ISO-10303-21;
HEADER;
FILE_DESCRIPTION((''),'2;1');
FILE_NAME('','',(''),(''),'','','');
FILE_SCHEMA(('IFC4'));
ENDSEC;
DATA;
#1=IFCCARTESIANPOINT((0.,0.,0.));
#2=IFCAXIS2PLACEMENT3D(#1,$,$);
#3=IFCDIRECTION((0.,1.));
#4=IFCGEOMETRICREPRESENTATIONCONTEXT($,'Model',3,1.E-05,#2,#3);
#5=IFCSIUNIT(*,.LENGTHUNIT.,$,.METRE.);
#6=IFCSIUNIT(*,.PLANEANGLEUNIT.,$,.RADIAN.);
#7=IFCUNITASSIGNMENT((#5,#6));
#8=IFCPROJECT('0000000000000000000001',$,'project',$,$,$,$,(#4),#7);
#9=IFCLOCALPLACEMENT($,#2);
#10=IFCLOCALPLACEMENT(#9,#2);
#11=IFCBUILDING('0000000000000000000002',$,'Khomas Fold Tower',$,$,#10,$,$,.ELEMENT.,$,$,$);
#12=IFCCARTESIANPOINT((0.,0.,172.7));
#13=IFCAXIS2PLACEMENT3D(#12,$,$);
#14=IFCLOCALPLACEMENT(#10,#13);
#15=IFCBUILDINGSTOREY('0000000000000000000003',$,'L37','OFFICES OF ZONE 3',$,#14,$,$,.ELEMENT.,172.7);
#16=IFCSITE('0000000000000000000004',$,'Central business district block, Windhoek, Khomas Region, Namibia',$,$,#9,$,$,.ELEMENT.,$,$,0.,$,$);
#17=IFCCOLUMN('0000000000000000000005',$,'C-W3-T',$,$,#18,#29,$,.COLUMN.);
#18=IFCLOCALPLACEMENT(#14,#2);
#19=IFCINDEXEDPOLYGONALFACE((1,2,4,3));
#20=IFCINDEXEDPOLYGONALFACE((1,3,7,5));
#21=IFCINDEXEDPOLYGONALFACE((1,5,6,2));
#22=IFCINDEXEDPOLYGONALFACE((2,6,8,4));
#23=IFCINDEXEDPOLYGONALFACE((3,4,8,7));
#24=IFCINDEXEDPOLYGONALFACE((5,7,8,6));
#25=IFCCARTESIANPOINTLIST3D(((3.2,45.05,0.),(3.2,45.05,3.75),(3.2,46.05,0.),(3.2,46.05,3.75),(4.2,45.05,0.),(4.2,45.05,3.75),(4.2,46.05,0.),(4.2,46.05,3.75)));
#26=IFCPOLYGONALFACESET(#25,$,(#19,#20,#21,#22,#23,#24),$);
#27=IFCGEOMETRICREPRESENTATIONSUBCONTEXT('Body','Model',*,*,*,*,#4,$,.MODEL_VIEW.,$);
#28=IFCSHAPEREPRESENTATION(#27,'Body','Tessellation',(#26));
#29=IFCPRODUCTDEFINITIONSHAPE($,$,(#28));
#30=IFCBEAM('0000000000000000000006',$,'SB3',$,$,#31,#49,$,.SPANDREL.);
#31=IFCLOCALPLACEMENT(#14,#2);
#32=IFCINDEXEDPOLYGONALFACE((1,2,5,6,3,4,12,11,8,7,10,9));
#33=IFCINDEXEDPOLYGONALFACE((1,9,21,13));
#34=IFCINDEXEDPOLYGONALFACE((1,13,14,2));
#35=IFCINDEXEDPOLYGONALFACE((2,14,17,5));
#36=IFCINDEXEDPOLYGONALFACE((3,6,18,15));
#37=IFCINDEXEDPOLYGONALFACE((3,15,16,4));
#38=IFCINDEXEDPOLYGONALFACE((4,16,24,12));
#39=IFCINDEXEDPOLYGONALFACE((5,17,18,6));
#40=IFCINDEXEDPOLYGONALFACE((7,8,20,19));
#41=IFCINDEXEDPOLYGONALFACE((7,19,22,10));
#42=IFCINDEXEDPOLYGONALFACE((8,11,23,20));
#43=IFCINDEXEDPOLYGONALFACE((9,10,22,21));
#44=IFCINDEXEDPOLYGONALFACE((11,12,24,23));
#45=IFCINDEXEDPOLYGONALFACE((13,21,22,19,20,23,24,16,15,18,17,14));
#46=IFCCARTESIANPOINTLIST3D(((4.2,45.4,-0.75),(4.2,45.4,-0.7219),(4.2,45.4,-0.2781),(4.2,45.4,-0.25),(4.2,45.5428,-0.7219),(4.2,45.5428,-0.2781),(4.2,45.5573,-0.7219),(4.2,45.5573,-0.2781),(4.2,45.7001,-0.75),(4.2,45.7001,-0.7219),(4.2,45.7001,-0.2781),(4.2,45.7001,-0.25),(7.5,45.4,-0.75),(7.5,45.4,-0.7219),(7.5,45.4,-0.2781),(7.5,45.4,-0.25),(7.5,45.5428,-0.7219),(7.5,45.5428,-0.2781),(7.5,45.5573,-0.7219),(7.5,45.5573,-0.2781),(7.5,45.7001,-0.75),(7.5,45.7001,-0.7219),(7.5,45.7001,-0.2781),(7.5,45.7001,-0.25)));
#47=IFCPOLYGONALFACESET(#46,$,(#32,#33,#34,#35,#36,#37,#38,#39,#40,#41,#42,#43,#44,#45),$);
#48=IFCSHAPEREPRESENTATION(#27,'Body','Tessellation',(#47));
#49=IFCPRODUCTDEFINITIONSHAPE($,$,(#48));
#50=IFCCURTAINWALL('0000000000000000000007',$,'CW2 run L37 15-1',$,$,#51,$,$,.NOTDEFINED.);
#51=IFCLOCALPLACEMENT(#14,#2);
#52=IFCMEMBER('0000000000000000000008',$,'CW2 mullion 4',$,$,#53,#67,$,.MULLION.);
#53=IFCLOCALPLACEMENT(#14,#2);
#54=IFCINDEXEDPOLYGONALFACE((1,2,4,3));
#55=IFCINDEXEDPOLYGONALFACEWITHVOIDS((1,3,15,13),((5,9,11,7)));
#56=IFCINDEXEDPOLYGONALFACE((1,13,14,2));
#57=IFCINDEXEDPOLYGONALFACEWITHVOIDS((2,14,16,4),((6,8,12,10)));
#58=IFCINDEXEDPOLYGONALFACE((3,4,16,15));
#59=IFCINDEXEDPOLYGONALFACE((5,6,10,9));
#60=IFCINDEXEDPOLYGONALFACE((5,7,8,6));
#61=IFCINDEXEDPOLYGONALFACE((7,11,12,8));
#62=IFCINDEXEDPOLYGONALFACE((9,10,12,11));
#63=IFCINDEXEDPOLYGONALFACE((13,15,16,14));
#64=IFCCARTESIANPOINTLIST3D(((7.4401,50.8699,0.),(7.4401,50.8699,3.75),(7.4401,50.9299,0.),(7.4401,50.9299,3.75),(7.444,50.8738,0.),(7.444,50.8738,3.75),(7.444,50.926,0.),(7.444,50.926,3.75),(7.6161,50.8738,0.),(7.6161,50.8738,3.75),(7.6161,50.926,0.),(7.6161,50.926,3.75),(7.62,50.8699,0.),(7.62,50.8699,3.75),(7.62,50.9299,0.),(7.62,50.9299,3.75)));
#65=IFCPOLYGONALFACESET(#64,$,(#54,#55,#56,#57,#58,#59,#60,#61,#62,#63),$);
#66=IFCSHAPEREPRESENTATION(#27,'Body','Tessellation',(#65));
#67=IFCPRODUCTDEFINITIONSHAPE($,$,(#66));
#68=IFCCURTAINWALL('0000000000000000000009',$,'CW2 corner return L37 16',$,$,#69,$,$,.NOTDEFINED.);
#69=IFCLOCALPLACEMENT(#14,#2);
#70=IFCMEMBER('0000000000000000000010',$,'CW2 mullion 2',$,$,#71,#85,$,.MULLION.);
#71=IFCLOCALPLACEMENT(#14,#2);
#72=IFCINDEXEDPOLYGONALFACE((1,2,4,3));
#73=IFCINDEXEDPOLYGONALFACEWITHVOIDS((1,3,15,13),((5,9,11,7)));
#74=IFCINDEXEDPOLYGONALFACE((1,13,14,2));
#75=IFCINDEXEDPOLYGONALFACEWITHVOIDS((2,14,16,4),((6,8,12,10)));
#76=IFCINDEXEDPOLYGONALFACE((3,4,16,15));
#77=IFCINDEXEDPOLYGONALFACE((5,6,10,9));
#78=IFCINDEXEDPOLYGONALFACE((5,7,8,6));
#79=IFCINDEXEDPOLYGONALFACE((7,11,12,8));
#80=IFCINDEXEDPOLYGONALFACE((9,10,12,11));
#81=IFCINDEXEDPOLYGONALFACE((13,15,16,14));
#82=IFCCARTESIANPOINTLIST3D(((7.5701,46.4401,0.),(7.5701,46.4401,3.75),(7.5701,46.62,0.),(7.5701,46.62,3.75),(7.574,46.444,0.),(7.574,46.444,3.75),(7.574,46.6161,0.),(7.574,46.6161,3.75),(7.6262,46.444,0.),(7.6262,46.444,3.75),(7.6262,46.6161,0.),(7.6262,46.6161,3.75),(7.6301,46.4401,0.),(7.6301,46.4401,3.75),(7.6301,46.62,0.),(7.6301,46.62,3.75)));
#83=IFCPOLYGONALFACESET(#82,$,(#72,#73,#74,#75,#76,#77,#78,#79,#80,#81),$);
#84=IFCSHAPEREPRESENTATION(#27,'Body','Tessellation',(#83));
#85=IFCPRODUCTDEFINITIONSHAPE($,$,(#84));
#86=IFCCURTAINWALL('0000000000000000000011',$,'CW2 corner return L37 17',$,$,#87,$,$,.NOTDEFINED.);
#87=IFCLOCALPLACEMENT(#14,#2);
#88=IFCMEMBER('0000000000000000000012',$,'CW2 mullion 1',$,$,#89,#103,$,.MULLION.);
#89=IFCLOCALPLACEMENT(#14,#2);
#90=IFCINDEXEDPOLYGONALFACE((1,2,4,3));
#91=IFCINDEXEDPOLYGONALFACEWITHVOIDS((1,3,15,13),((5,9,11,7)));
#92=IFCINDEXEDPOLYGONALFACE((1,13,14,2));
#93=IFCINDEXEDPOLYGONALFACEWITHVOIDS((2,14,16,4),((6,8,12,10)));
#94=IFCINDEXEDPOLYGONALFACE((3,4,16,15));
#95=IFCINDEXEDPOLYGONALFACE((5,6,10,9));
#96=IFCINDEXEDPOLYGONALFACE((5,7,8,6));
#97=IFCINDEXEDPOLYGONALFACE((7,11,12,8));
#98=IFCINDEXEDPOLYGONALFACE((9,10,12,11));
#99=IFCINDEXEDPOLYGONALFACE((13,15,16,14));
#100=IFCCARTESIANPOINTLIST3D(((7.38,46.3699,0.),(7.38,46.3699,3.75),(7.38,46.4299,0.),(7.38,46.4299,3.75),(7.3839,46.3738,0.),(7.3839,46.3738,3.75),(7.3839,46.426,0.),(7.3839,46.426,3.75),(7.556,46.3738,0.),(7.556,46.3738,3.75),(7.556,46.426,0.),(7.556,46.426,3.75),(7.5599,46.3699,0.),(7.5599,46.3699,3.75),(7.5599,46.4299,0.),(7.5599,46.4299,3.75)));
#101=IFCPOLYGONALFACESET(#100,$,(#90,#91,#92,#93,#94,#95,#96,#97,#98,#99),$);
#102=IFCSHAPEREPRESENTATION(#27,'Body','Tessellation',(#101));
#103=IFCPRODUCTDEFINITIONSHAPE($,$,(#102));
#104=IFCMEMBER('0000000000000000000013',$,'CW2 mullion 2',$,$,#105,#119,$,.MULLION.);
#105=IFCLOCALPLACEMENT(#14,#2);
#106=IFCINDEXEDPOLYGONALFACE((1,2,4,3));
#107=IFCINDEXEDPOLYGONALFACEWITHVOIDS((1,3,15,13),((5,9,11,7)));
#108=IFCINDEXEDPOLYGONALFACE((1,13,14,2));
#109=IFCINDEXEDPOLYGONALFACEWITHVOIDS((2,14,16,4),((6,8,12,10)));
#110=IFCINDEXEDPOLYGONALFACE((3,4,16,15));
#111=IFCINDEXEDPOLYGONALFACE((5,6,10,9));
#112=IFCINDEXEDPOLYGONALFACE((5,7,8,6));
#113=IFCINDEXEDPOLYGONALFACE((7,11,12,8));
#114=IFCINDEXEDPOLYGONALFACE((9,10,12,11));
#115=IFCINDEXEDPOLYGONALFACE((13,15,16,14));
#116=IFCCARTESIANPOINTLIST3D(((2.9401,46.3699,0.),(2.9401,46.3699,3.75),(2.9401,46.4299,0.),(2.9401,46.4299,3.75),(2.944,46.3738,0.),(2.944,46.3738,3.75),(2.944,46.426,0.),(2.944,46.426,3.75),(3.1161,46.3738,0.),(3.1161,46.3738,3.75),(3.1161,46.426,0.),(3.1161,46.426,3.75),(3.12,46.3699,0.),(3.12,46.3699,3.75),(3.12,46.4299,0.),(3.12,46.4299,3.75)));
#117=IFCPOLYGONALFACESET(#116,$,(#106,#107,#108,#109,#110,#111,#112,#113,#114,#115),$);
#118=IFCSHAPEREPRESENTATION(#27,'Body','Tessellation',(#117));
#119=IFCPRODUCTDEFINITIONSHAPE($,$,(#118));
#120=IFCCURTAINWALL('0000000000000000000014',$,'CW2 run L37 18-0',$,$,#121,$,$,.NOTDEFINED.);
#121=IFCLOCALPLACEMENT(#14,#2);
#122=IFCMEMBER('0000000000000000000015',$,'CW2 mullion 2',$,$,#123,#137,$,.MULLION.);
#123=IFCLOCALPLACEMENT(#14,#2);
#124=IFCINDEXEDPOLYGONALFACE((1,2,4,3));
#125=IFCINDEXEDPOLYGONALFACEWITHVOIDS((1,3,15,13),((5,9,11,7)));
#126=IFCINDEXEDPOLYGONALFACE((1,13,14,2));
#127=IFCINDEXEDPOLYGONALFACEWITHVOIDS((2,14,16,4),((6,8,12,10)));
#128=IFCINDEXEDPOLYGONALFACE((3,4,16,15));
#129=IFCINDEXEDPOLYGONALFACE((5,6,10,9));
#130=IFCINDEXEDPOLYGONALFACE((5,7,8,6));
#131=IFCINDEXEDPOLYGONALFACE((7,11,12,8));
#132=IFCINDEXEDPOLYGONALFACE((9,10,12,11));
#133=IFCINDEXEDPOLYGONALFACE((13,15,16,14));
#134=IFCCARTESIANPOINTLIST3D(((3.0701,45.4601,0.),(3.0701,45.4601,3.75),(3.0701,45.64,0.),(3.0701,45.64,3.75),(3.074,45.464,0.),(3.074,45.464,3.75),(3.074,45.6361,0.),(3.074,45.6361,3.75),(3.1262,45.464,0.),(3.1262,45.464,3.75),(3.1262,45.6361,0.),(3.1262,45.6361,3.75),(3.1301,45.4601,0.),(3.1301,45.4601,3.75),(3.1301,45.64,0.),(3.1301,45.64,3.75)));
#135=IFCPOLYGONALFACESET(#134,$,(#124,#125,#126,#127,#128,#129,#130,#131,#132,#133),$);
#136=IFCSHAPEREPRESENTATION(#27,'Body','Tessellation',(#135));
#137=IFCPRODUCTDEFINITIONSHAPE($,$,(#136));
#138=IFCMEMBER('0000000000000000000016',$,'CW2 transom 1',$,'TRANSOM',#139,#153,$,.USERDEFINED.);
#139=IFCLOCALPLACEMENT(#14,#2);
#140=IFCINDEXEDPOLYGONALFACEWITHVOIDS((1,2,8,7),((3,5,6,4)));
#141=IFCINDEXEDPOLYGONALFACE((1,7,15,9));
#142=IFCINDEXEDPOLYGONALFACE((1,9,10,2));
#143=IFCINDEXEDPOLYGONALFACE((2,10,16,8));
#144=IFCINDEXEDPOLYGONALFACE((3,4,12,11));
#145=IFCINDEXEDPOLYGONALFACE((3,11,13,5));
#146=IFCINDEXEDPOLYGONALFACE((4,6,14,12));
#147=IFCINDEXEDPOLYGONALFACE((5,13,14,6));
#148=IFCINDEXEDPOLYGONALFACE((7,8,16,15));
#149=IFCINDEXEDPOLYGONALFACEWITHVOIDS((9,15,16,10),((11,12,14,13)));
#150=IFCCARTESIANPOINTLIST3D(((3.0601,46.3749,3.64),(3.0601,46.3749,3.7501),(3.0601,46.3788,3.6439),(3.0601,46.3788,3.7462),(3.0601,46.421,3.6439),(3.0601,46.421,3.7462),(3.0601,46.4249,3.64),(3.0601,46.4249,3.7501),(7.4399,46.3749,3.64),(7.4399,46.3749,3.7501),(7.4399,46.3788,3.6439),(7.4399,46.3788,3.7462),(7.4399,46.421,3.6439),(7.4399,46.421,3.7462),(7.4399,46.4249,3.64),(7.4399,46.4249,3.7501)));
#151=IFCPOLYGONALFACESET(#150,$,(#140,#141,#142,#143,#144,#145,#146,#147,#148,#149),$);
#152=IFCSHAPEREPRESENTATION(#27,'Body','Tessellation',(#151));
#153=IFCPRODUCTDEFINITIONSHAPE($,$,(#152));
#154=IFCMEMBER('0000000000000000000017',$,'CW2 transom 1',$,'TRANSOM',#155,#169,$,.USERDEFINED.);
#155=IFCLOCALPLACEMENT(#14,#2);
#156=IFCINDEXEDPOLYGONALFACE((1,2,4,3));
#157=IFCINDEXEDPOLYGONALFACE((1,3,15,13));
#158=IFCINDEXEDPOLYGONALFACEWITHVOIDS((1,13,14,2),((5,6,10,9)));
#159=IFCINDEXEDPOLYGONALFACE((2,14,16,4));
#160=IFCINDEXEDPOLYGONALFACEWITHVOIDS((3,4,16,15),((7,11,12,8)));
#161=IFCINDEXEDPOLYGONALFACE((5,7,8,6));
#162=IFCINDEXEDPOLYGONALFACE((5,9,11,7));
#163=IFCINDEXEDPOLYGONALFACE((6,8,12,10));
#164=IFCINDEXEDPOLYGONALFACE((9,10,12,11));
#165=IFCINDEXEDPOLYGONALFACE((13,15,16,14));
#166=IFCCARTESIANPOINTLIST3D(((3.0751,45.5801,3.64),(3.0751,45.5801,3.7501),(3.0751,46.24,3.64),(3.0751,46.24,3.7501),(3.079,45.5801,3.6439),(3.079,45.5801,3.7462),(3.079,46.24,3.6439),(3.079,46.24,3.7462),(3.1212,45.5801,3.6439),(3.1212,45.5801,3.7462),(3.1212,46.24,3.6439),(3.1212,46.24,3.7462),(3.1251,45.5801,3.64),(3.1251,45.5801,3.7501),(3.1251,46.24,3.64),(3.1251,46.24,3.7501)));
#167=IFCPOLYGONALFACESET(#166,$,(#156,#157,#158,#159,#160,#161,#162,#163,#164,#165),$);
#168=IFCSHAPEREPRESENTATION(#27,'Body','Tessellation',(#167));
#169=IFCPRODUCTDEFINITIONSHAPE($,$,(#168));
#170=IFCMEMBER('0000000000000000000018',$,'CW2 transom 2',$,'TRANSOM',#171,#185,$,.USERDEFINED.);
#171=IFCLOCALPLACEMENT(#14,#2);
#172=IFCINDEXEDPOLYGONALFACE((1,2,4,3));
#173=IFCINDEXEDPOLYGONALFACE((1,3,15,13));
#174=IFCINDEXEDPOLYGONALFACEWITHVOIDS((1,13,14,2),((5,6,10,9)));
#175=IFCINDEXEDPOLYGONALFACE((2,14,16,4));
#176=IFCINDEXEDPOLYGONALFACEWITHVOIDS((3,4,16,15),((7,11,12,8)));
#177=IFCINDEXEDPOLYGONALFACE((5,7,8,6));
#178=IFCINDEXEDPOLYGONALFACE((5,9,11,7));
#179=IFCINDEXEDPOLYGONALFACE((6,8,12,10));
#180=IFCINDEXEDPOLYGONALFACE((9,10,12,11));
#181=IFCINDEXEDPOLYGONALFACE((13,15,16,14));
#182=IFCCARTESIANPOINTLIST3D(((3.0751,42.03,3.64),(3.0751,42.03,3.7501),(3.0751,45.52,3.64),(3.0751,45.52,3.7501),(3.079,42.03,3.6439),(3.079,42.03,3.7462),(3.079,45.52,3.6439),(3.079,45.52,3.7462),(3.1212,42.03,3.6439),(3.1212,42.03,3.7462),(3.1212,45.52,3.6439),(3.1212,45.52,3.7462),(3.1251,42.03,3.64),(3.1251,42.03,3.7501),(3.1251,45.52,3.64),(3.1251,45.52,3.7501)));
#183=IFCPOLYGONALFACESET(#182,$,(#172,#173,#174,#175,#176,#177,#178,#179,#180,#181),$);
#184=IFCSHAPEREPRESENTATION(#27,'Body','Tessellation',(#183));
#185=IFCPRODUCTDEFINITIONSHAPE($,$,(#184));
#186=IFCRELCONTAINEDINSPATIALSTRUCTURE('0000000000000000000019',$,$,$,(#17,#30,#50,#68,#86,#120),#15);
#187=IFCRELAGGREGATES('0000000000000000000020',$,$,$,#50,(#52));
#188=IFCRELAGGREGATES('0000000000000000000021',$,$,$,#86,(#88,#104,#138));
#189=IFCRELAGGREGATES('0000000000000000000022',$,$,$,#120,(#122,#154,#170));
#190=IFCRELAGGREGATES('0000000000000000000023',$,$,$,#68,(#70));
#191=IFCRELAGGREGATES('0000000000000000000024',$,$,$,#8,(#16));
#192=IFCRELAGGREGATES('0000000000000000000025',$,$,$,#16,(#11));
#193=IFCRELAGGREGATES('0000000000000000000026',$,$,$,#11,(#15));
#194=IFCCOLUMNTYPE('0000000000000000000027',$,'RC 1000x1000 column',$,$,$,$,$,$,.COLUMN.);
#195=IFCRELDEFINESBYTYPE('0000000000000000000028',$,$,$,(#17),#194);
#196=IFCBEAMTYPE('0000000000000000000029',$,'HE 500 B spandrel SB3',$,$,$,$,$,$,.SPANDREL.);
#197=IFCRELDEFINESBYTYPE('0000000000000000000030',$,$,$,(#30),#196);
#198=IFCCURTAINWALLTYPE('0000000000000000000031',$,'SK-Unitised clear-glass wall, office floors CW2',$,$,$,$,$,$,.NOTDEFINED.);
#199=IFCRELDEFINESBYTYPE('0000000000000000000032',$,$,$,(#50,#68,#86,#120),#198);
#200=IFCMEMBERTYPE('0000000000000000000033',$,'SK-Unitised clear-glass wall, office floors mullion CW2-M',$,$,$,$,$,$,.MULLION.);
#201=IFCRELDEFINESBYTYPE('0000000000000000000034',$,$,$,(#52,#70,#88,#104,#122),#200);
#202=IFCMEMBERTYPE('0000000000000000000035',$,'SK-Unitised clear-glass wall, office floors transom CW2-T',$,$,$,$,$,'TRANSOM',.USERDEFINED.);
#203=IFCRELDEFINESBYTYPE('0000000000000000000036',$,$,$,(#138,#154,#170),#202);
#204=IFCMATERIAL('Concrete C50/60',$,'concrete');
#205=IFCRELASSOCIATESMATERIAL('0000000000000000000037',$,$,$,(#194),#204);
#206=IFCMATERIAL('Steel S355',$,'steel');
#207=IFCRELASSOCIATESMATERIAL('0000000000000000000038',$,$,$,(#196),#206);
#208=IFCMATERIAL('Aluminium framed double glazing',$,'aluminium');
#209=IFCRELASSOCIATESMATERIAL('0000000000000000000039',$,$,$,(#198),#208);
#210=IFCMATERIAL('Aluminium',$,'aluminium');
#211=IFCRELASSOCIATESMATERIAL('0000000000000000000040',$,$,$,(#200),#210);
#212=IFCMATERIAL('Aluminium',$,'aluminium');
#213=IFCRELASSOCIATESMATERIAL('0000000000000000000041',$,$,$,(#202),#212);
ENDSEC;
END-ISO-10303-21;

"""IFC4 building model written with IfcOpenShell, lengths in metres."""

from ifc_helpers import new_model, si_unit, direction, frame, origin, origin_2d, place, context, subcontext, project, spatial, rectangle, hollow_rectangle, i_section, extrude, source, transform, mapped, material, material_profile, profile_set, type_object, element, aggregate, save


model = new_model("IFC4")

# Units and contexts
model_context = context("Model", 3, precision=1e-05, world=origin(), true_north=direction((0.0, 1.0)))
body_context = subcontext(model_context, "Body", "Model", "MODEL_VIEW")
ifc_project = project(units=[si_unit("LENGTHUNIT", "METRE"), si_unit("PLANEANGLEUNIT", "RADIAN")], contexts=[model_context])

# Site, building, storey
site_placement = place(None, origin())
site = spatial("IfcSite", under=ifc_project, at=site_placement, Name="Central business district block, Windhoek, Khomas Region, Namibia", CompositionType="ELEMENT", RefElevation=0.0)
building_placement = place(site_placement, origin())
building = spatial("IfcBuilding", under=site, at=building_placement, Name="Khomas Fold Tower", CompositionType="ELEMENT")
storey_placement = place(building_placement, frame((0.0, 0.0, 172.7)))
storey = spatial("IfcBuildingStorey", under=building, at=storey_placement, Name="L37", Description="OFFICES OF ZONE 3", CompositionType="ELEMENT", Elevation=172.7)

# Column
ifc_material_1 = material(Name="Concrete C50/60", Category="concrete")
ifc_material_profile_1 = material_profile(ifc_material_1, rectangle(XDim=1.0, YDim=1.0, at=origin_2d()), Name="RC 1000x1000")
ifc_profile_set_1 = profile_set([ifc_material_profile_1], Name="Concrete C50/60")
column_type = type_object("IfcColumnType", Name="RC 1000x1000 column", PredefinedType="COLUMN", material=ifc_profile_set_1)
shared_shape_1 = source(origin(), body_context, "Body", "SweptSolid", [
    extrude(rectangle(XDim=1.0, YDim=1.0, at=origin_2d()), origin(), (0.0, 0.0, 1.0), 3.75),
])
column_placement = place(storey_placement, frame((3.7, 45.55, 0.0), z_axis=(0.0, 0.0, 1.0), x_axis=(1.0, 0.0, 0.0)))
element("IfcColumn", 1, at=column_placement, inside=storey, type_object=column_type, Name="C-W3-T", PredefinedType="COLUMN", context=body_context, shape_type="MappedRepresentation", body=[
    mapped(shared_shape_1, transform((0.0, 0.0, 0.0))),
])

# Beam
ifc_material_2 = material(Name="Steel S355", Category="steel")
ifc_material_profile_2 = material_profile(ifc_material_2, i_section(OverallWidth=0.3, OverallDepth=0.5, WebThickness=0.0144, FlangeThickness=0.0281, at=origin_2d()), Name="HE 500 B")
ifc_profile_set_2 = profile_set([ifc_material_profile_2], Name="Steel S355")
beam_type = type_object("IfcBeamType", Name="HE 500 B spandrel SB3", PredefinedType="SPANDREL", material=ifc_profile_set_2)
shared_shape_2 = source(origin(), body_context, "Body", "SweptSolid", [
    extrude(i_section(OverallWidth=0.3, OverallDepth=0.5, WebThickness=0.0144, FlangeThickness=0.0281, at=origin_2d()), origin(), (0.0, 0.0, 1.0), 3.3),
])
beam_placement = place(storey_placement, frame((4.2, 45.55, -0.5), z_axis=(1.0, 0.0, 0.0), x_axis=(0.0, 1.0, 0.0)))
element("IfcBeam", 2, at=beam_placement, inside=storey, type_object=beam_type, Name="SB3", PredefinedType="SPANDREL", context=body_context, shape_type="MappedRepresentation", body=[
    mapped(shared_shape_2, transform((0.0, 0.0, 0.0))),
])

# Curtain walls, members
ifc_material_3 = material(Name="Aluminium framed double glazing", Category="aluminium")
curtain_wall_type = type_object("IfcCurtainWallType", Name="SK-Unitised clear-glass wall, office floors CW2", PredefinedType="NOTDEFINED", material=ifc_material_3)
curtain_wall_1_placement = place(storey_placement, origin())
curtain_wall_1 = element("IfcCurtainWall", 3, at=curtain_wall_1_placement, inside=storey, type_object=curtain_wall_type, Name="CW2 run L37 15-1", PredefinedType="NOTDEFINED")
ifc_material_4 = material(Name="Aluminium", Category="aluminium")
ifc_material_profile_3 = material_profile(ifc_material_4, hollow_rectangle(XDim=0.0601, YDim=0.1799, WallThickness=0.0039, at=origin_2d()), Name="SK-Unitised clear-glass wall, office floors mullion CW2-M")
ifc_profile_set_3 = profile_set([ifc_material_profile_3], Name="Aluminium")
member_type_1 = type_object("IfcMemberType", Name="SK-Unitised clear-glass wall, office floors mullion CW2-M", PredefinedType="MULLION", material=ifc_profile_set_3)
shared_shape_3 = source(origin(), body_context, "Body", "SweptSolid", [
    extrude(hollow_rectangle(XDim=0.0601, YDim=0.1799, WallThickness=0.0039, at=origin_2d()), origin(), (0.0, 0.0, 1.0), 3.75),
])
member_1_placement = place(storey_placement, frame((7.53, 50.8999, 0.0), z_axis=(0.0, 0.0, 1.0), x_axis=(0.0, -1.0, 0.0)))
member_1 = element("IfcMember", 4, at=member_1_placement, type_object=member_type_1, Name="CW2 mullion 4", PredefinedType="MULLION", context=body_context, shape_type="MappedRepresentation", body=[
    mapped(shared_shape_3, transform((0.0, 0.0, 0.0))),
])
aggregate(curtain_wall_1, [member_1])
curtain_wall_2_placement = place(storey_placement, origin())
curtain_wall_2 = element("IfcCurtainWall", 5, at=curtain_wall_2_placement, inside=storey, type_object=curtain_wall_type, Name="CW2 corner return L37 16", PredefinedType="NOTDEFINED")
member_2_placement = place(storey_placement, frame((7.6001, 46.53, 0.0), z_axis=(0.0, 0.0, 1.0), x_axis=(1.0, 0.0, 0.0)))
member_2 = element("IfcMember", 6, at=member_2_placement, type_object=member_type_1, Name="CW2 mullion 2", PredefinedType="MULLION", context=body_context, shape_type="MappedRepresentation", body=[
    mapped(shared_shape_3, transform((0.0, 0.0, 0.0))),
])

# Curtain wall, members
curtain_wall_3_placement = place(storey_placement, origin())
curtain_wall_3 = element("IfcCurtainWall", 7, at=curtain_wall_3_placement, inside=storey, type_object=curtain_wall_type, Name="CW2 corner return L37 17", PredefinedType="NOTDEFINED")
member_3_placement = place(storey_placement, frame((7.47, 46.3999, 0.0), z_axis=(0.0, 0.0, 1.0), x_axis=(0.0, -1.0, 0.0)))
member_3 = element("IfcMember", 8, at=member_3_placement, type_object=member_type_1, Name="CW2 mullion 1", PredefinedType="MULLION", context=body_context, shape_type="MappedRepresentation", body=[
    mapped(shared_shape_3, transform((0.0, 0.0, 0.0))),
])
member_4_placement = place(storey_placement, frame((3.03, 46.3999, 0.0), z_axis=(0.0, 0.0, 1.0), x_axis=(0.0, -1.0, 0.0)))
member_4 = element("IfcMember", 9, at=member_4_placement, type_object=member_type_1, Name="CW2 mullion 2", PredefinedType="MULLION", context=body_context, shape_type="MappedRepresentation", body=[
    mapped(shared_shape_3, transform((0.0, 0.0, 0.0))),
])

# Curtain wall, member
curtain_wall_4_placement = place(storey_placement, origin())
curtain_wall_4 = element("IfcCurtainWall", 10, at=curtain_wall_4_placement, inside=storey, type_object=curtain_wall_type, Name="CW2 run L37 18-0", PredefinedType="NOTDEFINED")
member_5_placement = place(storey_placement, frame((3.1001, 45.55, 0.0), z_axis=(0.0, 0.0, 1.0), x_axis=(1.0, 0.0, 0.0)))
member_5 = element("IfcMember", 11, at=member_5_placement, type_object=member_type_1, Name="CW2 mullion 2", PredefinedType="MULLION", context=body_context, shape_type="MappedRepresentation", body=[
    mapped(shared_shape_3, transform((0.0, 0.0, 0.0))),
])

# Members
ifc_material_5 = material(Name="Aluminium", Category="aluminium")
ifc_material_profile_4 = material_profile(ifc_material_5, hollow_rectangle(XDim=0.05, YDim=0.1101, WallThickness=0.0039, at=origin_2d()), Name="SK-Unitised clear-glass wall, office floors transom CW2-T")
ifc_profile_set_4 = profile_set([ifc_material_profile_4], Name="Aluminium")
member_type_2 = type_object("IfcMemberType", Name="SK-Unitised clear-glass wall, office floors transom CW2-T", ElementType="TRANSOM", PredefinedType="USERDEFINED", material=ifc_profile_set_4)
shared_shape_4 = source(origin(), body_context, "Body", "SweptSolid", [
    extrude(hollow_rectangle(XDim=0.05, YDim=0.1101, WallThickness=0.0039, at=origin_2d()), origin(), (0.0, 0.0, 1.0), 4.3799),
])
member_6_placement = place(storey_placement, frame((7.4399, 46.3999, 3.6951), z_axis=(-1.0, 0.0, 0.0), x_axis=(0.0, -1.0, 0.0)))
member_6 = element("IfcMember", 12, at=member_6_placement, type_object=member_type_2, Name="CW2 transom 1", ObjectType="TRANSOM", PredefinedType="USERDEFINED", context=body_context, shape_type="MappedRepresentation", body=[
    mapped(shared_shape_4, transform((0.0, 0.0, 0.0))),
])
shared_shape_5 = source(origin(), body_context, "Body", "SweptSolid", [
    extrude(hollow_rectangle(XDim=0.05, YDim=0.1101, WallThickness=0.0039, at=origin_2d()), origin(), (0.0, 0.0, 1.0), 0.6599),
])
member_7_placement = place(storey_placement, frame((3.1001, 46.24, 3.6951), z_axis=(0.0, -1.0, 0.0), x_axis=(1.0, 0.0, 0.0)))
member_7 = element("IfcMember", 13, at=member_7_placement, type_object=member_type_2, Name="CW2 transom 1", ObjectType="TRANSOM", PredefinedType="USERDEFINED", context=body_context, shape_type="MappedRepresentation", body=[
    mapped(shared_shape_5, transform((0.0, 0.0, 0.0))),
])
shared_shape_6 = source(origin(), body_context, "Body", "SweptSolid", [
    extrude(hollow_rectangle(XDim=0.05, YDim=0.1101, WallThickness=0.0039, at=origin_2d()), origin(), (0.0, 0.0, 1.0), 3.49),
])
member_8_placement = place(storey_placement, frame((3.1001, 45.52, 3.6951), z_axis=(0.0, -1.0, 0.0), x_axis=(1.0, 0.0, 0.0)))
member_8 = element("IfcMember", 14, at=member_8_placement, type_object=member_type_2, Name="CW2 transom 2", ObjectType="TRANSOM", PredefinedType="USERDEFINED", context=body_context, shape_type="MappedRepresentation", body=[
    mapped(shared_shape_6, transform((0.0, 0.0, 0.0))),
])

aggregate(curtain_wall_3, [member_3, member_4, member_6])
aggregate(curtain_wall_4, [member_5, member_7, member_8])
aggregate(curtain_wall_2, [member_2])

save(model, "model.ifc")
